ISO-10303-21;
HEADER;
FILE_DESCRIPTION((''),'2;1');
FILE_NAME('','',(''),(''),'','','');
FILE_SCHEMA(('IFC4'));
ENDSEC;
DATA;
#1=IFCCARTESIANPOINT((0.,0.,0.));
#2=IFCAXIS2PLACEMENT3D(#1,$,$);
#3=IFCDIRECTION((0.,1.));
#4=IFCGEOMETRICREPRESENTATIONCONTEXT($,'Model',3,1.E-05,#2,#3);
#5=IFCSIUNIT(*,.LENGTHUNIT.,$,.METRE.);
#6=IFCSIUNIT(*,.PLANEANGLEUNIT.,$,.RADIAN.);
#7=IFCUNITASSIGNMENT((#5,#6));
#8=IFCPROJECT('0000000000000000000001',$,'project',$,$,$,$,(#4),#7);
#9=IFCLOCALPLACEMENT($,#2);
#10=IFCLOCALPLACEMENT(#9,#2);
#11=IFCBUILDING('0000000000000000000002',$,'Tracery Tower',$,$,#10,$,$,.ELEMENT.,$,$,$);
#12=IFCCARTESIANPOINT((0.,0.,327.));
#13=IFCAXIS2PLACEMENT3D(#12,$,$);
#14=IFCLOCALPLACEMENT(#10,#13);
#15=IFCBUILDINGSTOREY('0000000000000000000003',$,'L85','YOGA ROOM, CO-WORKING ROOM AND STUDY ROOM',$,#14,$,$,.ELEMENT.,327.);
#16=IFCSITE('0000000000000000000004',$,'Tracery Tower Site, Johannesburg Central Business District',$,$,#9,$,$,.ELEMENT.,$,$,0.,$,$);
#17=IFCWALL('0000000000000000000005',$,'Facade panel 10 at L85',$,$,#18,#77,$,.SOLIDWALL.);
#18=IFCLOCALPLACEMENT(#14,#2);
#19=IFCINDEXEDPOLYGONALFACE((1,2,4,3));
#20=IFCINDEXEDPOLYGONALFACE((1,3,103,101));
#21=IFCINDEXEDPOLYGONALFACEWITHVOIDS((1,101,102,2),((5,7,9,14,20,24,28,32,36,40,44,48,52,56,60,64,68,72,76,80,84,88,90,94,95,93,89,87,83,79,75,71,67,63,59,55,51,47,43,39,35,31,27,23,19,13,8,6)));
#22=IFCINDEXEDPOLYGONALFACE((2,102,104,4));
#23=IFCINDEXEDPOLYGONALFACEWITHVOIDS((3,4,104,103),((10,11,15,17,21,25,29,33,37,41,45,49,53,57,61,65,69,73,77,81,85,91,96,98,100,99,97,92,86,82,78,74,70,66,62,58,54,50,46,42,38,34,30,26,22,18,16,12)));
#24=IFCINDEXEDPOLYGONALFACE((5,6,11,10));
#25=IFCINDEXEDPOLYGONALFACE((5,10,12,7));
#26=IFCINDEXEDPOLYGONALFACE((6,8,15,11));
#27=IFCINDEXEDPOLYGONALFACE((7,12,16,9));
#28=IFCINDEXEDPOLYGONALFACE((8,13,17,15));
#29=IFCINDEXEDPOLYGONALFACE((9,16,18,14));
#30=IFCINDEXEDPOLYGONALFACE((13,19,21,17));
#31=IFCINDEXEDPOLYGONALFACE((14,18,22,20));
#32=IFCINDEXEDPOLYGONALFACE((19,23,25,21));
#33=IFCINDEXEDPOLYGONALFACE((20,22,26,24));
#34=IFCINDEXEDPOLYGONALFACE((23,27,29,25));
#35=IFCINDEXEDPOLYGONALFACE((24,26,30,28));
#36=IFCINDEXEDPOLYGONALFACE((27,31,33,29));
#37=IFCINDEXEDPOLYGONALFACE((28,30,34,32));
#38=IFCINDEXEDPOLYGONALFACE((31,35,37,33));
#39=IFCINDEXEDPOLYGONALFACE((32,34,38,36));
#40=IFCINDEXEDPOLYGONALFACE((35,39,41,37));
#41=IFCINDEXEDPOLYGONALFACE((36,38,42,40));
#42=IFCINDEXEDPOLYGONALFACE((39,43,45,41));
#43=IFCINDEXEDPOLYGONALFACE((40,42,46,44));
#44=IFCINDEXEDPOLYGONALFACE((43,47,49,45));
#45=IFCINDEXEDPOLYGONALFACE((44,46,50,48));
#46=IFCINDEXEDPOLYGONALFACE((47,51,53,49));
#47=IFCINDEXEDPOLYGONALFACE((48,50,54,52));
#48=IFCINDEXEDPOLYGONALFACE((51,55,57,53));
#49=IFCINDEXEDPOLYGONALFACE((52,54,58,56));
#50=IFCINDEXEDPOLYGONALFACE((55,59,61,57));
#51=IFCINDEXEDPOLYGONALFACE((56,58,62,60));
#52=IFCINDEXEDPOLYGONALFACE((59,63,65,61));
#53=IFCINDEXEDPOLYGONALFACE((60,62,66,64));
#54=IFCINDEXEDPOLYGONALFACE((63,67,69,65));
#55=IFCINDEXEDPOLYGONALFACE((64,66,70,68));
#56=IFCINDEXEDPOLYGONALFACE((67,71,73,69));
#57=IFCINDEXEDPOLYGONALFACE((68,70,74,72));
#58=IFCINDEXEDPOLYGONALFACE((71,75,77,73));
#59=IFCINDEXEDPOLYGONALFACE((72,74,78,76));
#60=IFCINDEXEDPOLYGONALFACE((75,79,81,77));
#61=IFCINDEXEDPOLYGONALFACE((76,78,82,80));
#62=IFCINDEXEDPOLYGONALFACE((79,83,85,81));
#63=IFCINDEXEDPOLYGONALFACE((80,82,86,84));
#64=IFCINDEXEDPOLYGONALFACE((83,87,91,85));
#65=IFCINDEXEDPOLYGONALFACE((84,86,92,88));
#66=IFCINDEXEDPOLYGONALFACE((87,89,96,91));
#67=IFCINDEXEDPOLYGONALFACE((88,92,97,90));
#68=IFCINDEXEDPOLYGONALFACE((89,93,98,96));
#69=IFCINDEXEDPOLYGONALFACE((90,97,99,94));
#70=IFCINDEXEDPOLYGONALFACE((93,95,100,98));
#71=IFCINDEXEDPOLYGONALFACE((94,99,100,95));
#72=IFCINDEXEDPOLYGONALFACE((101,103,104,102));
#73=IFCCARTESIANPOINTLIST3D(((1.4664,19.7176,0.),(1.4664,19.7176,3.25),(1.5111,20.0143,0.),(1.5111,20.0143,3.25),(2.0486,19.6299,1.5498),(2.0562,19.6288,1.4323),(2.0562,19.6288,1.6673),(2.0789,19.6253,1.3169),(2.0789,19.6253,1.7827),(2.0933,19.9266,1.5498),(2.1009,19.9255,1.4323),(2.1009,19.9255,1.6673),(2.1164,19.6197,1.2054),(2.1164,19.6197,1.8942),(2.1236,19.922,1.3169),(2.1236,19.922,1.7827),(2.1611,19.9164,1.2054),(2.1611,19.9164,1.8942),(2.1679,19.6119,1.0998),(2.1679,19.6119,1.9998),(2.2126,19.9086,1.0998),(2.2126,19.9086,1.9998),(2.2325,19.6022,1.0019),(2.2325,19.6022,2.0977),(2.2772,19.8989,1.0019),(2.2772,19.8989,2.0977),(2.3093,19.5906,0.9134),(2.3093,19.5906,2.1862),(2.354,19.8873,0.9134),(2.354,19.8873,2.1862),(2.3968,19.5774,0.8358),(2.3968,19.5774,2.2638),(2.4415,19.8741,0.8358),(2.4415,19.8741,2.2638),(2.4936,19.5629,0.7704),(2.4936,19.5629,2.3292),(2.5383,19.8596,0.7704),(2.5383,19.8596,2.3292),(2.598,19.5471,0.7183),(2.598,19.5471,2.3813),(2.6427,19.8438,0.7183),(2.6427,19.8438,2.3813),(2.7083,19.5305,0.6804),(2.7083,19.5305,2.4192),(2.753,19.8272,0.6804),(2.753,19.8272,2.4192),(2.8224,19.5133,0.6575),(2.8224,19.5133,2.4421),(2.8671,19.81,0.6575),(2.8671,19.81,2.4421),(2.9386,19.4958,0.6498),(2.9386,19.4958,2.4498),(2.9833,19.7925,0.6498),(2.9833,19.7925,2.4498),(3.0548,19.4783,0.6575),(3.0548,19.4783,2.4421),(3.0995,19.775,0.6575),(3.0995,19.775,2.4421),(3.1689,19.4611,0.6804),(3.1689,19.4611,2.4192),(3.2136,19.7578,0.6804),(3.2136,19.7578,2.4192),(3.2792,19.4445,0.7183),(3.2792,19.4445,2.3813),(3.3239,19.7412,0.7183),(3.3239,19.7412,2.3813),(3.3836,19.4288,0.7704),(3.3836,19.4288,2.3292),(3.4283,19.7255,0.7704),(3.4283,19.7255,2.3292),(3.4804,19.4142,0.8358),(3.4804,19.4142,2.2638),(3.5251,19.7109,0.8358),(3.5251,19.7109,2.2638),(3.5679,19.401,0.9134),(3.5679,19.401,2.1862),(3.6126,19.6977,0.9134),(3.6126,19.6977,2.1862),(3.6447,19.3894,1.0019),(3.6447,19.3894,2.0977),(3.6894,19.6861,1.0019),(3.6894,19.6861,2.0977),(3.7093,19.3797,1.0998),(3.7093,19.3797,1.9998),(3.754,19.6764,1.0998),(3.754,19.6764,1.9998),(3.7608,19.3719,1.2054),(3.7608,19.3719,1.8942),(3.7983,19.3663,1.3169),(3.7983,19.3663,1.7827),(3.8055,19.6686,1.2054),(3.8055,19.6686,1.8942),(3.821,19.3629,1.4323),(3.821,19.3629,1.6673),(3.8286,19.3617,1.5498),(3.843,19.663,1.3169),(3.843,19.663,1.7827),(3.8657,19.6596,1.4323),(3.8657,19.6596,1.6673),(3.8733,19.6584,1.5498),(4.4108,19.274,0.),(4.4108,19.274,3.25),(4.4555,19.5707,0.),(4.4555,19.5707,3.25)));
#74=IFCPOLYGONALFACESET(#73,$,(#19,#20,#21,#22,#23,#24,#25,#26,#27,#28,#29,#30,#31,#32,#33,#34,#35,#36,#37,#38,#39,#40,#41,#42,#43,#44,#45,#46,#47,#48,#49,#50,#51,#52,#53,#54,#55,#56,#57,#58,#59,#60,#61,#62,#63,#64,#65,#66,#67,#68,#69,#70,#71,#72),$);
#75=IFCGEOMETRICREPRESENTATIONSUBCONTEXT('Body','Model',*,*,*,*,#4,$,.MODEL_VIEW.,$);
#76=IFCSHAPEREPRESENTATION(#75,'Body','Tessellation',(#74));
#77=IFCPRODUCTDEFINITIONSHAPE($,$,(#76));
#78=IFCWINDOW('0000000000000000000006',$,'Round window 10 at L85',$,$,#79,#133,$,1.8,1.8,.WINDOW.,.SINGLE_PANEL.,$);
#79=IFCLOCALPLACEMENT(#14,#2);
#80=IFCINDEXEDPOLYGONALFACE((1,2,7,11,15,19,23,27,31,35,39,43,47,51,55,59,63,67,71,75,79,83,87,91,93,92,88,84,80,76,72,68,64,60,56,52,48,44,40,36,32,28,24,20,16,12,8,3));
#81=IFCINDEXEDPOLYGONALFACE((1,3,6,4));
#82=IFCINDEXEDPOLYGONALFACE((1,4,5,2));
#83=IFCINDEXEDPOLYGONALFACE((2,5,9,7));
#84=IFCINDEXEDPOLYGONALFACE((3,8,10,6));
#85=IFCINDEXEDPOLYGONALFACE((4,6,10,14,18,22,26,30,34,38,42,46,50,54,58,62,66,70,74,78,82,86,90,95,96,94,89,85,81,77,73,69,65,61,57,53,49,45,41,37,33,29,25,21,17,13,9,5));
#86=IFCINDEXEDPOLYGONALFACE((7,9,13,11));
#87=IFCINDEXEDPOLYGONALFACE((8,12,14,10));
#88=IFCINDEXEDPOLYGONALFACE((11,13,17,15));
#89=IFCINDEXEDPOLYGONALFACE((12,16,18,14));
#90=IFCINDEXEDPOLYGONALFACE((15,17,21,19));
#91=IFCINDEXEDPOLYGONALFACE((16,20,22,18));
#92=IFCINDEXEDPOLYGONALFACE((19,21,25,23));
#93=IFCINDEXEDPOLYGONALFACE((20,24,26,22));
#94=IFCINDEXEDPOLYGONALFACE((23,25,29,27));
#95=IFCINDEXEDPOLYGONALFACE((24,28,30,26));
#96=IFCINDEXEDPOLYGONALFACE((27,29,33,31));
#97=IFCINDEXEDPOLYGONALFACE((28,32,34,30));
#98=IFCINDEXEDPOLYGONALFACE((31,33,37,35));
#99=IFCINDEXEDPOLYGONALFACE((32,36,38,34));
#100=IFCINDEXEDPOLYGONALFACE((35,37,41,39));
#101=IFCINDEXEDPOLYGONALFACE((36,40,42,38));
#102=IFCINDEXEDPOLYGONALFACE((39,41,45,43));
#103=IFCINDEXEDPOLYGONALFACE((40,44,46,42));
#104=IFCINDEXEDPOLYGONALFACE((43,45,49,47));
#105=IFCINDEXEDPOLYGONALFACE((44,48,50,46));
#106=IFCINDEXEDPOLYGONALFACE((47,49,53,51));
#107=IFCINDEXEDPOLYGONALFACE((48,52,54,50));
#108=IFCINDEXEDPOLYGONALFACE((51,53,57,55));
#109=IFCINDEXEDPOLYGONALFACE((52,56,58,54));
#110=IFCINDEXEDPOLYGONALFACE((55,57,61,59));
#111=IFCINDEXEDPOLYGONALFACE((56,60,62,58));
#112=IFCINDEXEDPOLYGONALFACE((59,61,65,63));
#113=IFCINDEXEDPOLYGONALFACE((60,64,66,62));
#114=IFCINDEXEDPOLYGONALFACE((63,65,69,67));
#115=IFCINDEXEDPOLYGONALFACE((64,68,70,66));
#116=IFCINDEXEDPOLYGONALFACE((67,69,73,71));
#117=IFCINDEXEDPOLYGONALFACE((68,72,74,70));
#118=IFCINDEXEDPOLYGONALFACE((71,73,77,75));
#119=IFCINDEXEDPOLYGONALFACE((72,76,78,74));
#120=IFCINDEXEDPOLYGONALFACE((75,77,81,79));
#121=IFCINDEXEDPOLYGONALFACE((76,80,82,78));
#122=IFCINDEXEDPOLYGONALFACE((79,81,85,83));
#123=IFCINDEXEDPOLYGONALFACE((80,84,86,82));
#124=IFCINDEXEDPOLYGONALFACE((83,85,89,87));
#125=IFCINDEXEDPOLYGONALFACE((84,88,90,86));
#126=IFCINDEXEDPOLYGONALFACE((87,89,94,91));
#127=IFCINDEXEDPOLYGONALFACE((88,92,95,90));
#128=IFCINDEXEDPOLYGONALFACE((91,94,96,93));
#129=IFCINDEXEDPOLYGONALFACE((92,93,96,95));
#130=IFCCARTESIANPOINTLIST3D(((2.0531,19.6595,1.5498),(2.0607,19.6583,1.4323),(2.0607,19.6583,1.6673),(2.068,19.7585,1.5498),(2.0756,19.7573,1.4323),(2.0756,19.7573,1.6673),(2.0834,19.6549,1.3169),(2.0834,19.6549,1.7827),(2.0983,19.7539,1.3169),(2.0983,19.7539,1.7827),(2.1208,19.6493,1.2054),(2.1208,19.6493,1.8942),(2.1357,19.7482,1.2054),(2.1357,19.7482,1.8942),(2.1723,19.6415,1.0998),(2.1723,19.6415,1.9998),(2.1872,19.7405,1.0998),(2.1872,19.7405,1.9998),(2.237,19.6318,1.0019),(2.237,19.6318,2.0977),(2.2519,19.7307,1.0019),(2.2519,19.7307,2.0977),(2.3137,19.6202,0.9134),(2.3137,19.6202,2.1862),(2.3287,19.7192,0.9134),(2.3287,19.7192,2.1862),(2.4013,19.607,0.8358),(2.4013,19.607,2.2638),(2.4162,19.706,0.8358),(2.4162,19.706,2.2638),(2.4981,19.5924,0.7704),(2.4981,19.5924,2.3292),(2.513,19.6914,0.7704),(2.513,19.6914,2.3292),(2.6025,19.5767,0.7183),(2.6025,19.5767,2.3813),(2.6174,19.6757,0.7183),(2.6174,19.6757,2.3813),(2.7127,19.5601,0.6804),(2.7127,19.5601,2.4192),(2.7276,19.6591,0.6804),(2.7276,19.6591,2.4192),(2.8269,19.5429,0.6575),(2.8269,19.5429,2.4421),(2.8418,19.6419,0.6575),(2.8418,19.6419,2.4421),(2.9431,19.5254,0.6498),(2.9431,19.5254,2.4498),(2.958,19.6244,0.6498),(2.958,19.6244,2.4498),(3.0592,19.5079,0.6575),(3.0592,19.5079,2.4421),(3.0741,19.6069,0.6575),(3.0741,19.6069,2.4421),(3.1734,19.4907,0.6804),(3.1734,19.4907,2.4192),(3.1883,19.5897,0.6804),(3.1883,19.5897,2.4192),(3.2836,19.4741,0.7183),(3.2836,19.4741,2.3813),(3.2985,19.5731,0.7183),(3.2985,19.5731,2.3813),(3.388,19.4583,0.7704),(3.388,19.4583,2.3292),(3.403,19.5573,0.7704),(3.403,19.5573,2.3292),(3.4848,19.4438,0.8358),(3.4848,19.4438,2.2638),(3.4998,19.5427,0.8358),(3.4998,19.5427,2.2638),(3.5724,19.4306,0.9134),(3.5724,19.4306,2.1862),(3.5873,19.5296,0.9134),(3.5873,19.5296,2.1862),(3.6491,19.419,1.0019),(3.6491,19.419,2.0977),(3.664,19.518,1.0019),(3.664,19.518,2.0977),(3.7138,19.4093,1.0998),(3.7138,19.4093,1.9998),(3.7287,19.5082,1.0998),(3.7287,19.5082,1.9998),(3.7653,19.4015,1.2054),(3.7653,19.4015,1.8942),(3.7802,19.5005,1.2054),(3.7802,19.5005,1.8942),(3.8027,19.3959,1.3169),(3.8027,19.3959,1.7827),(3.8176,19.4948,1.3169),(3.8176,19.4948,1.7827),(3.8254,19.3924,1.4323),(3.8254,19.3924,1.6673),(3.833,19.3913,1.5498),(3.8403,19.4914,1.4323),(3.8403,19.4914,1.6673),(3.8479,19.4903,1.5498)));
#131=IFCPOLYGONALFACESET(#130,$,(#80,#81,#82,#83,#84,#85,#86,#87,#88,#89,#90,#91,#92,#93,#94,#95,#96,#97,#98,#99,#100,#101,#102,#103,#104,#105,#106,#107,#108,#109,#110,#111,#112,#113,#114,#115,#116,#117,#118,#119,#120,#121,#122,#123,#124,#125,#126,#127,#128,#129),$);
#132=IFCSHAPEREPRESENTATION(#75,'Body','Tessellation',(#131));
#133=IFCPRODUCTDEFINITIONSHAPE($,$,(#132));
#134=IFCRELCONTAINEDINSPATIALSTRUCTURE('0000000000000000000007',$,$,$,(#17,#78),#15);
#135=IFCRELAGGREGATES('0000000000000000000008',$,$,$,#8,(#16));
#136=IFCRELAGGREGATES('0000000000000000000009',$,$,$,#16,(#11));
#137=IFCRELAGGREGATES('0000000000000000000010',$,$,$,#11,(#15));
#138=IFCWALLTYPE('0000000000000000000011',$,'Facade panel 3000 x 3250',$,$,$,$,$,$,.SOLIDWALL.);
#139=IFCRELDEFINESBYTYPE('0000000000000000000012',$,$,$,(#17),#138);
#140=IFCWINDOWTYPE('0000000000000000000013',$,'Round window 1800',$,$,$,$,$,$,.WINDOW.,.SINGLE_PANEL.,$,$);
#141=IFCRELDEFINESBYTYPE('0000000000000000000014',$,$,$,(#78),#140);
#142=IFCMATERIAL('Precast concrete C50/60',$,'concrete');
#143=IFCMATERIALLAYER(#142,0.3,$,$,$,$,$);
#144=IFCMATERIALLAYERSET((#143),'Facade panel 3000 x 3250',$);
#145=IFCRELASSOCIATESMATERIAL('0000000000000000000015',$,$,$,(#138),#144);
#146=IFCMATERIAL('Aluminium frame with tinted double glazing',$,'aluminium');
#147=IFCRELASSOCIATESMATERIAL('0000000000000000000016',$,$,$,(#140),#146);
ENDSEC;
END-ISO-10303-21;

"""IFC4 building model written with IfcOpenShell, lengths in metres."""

from ifc_helpers import new_model, si_unit, direction, frame, frame_2d, origin, origin_2d, place, context, subcontext, project, spatial, rectangle, circle, extrude, material, layer, layer_set, type_object, element, fill, save


model = new_model("IFC4")

# Units and contexts
model_context = context("Model", 3, precision=1e-05, world=origin(), true_north=direction((0.0, 1.0)))
body_context = subcontext(model_context, "Body", "Model", "MODEL_VIEW")
ifc_project = project(units=[si_unit("LENGTHUNIT", "METRE"), si_unit("PLANEANGLEUNIT", "RADIAN")], contexts=[model_context])

# Site, building, storey
site_placement = place(None, origin())
site = spatial("IfcSite", under=ifc_project, at=site_placement, Name="Tracery Tower Site, Johannesburg Central Business District", CompositionType="ELEMENT", RefElevation=0.0)
building_placement = place(site_placement, origin())
building = spatial("IfcBuilding", under=site, at=building_placement, Name="Tracery Tower", CompositionType="ELEMENT")
storey_placement = place(building_placement, frame((0.0, 0.0, 327.0)))
storey = spatial("IfcBuildingStorey", under=building, at=storey_placement, Name="L85", Description="YOGA ROOM, CO-WORKING ROOM AND STUDY ROOM", CompositionType="ELEMENT", Elevation=327.0)

# Wall, opening, window
ifc_material_1 = material(Name="Precast concrete C50/60", Category="concrete")
ifc_layer_1 = layer(ifc_material_1, 0.3)
ifc_layer_set_1 = layer_set([ifc_layer_1], Name="Facade panel 3000 x 3250")
wall_type_1 = type_object("IfcWallType", Name="Facade panel 3000 x 3250", PredefinedType="SOLIDWALL", material=ifc_layer_set_1)
ifc_material_2 = material(Name="Aluminium frame with tinted double glazing", Category="aluminium")
window_type = type_object("IfcWindowType", Name="Round window 1800", PartitioningType="SINGLE_PANEL", PredefinedType="WINDOW", material=ifc_material_2)
wall_1_placement = place(storey_placement, frame((4.4331, 19.4224, 0.0), z_axis=(0.0, 0.0, 1.0), x_axis=(-0.98884, 0.148982, 0.0)))
wall_1 = element("IfcWall", 1, at=wall_1_placement, inside=storey, type_object=wall_type_1, Name="Facade panel 10 at L85", PredefinedType="SOLIDWALL", context=body_context, shape_type="SweptSolid", body=[
    extrude(rectangle(XDim=2.9775, YDim=0.3, at=frame_2d((1.4888, 0.0))), origin(), (0.0, 0.0, 1.0), 3.25),
])
opening_1_placement = place(wall_1_placement, frame((1.4888, 0.0, 1.5498)))
opening_1 = element("IfcOpeningElement", 2, at=opening_1_placement, cuts=wall_1, PredefinedType="OPENING", context=body_context, shape_type="SweptSolid", body=[
    extrude(circle(Radius=0.9, at=origin_2d()), frame((0.0, 0.1599, 0.0), z_axis=(0.0, -1.0, 0.0), x_axis=(1.0, 0.0, 0.0)), (0.0, 0.0, 1.0), 0.3201),
])
window_1_placement = place(opening_1_placement, origin())
window_1 = element("IfcWindow", 3, at=window_1_placement, inside=storey, type_object=window_type, Name="Round window 10 at L85", OverallHeight=1.8, OverallWidth=1.8, PartitioningType="SINGLE_PANEL", PredefinedType="WINDOW", context=body_context, shape_type="SweptSolid", body=[
    extrude(circle(Radius=0.9, at=origin_2d()), frame((0.0, 0.1201, 0.0), z_axis=(0.0, -1.0, 0.0), x_axis=(1.0, 0.0, 0.0)), (0.0, 0.0, 1.0), 0.1001),
])
fill(opening_1, window_1)

save(model, "model.ifc")
